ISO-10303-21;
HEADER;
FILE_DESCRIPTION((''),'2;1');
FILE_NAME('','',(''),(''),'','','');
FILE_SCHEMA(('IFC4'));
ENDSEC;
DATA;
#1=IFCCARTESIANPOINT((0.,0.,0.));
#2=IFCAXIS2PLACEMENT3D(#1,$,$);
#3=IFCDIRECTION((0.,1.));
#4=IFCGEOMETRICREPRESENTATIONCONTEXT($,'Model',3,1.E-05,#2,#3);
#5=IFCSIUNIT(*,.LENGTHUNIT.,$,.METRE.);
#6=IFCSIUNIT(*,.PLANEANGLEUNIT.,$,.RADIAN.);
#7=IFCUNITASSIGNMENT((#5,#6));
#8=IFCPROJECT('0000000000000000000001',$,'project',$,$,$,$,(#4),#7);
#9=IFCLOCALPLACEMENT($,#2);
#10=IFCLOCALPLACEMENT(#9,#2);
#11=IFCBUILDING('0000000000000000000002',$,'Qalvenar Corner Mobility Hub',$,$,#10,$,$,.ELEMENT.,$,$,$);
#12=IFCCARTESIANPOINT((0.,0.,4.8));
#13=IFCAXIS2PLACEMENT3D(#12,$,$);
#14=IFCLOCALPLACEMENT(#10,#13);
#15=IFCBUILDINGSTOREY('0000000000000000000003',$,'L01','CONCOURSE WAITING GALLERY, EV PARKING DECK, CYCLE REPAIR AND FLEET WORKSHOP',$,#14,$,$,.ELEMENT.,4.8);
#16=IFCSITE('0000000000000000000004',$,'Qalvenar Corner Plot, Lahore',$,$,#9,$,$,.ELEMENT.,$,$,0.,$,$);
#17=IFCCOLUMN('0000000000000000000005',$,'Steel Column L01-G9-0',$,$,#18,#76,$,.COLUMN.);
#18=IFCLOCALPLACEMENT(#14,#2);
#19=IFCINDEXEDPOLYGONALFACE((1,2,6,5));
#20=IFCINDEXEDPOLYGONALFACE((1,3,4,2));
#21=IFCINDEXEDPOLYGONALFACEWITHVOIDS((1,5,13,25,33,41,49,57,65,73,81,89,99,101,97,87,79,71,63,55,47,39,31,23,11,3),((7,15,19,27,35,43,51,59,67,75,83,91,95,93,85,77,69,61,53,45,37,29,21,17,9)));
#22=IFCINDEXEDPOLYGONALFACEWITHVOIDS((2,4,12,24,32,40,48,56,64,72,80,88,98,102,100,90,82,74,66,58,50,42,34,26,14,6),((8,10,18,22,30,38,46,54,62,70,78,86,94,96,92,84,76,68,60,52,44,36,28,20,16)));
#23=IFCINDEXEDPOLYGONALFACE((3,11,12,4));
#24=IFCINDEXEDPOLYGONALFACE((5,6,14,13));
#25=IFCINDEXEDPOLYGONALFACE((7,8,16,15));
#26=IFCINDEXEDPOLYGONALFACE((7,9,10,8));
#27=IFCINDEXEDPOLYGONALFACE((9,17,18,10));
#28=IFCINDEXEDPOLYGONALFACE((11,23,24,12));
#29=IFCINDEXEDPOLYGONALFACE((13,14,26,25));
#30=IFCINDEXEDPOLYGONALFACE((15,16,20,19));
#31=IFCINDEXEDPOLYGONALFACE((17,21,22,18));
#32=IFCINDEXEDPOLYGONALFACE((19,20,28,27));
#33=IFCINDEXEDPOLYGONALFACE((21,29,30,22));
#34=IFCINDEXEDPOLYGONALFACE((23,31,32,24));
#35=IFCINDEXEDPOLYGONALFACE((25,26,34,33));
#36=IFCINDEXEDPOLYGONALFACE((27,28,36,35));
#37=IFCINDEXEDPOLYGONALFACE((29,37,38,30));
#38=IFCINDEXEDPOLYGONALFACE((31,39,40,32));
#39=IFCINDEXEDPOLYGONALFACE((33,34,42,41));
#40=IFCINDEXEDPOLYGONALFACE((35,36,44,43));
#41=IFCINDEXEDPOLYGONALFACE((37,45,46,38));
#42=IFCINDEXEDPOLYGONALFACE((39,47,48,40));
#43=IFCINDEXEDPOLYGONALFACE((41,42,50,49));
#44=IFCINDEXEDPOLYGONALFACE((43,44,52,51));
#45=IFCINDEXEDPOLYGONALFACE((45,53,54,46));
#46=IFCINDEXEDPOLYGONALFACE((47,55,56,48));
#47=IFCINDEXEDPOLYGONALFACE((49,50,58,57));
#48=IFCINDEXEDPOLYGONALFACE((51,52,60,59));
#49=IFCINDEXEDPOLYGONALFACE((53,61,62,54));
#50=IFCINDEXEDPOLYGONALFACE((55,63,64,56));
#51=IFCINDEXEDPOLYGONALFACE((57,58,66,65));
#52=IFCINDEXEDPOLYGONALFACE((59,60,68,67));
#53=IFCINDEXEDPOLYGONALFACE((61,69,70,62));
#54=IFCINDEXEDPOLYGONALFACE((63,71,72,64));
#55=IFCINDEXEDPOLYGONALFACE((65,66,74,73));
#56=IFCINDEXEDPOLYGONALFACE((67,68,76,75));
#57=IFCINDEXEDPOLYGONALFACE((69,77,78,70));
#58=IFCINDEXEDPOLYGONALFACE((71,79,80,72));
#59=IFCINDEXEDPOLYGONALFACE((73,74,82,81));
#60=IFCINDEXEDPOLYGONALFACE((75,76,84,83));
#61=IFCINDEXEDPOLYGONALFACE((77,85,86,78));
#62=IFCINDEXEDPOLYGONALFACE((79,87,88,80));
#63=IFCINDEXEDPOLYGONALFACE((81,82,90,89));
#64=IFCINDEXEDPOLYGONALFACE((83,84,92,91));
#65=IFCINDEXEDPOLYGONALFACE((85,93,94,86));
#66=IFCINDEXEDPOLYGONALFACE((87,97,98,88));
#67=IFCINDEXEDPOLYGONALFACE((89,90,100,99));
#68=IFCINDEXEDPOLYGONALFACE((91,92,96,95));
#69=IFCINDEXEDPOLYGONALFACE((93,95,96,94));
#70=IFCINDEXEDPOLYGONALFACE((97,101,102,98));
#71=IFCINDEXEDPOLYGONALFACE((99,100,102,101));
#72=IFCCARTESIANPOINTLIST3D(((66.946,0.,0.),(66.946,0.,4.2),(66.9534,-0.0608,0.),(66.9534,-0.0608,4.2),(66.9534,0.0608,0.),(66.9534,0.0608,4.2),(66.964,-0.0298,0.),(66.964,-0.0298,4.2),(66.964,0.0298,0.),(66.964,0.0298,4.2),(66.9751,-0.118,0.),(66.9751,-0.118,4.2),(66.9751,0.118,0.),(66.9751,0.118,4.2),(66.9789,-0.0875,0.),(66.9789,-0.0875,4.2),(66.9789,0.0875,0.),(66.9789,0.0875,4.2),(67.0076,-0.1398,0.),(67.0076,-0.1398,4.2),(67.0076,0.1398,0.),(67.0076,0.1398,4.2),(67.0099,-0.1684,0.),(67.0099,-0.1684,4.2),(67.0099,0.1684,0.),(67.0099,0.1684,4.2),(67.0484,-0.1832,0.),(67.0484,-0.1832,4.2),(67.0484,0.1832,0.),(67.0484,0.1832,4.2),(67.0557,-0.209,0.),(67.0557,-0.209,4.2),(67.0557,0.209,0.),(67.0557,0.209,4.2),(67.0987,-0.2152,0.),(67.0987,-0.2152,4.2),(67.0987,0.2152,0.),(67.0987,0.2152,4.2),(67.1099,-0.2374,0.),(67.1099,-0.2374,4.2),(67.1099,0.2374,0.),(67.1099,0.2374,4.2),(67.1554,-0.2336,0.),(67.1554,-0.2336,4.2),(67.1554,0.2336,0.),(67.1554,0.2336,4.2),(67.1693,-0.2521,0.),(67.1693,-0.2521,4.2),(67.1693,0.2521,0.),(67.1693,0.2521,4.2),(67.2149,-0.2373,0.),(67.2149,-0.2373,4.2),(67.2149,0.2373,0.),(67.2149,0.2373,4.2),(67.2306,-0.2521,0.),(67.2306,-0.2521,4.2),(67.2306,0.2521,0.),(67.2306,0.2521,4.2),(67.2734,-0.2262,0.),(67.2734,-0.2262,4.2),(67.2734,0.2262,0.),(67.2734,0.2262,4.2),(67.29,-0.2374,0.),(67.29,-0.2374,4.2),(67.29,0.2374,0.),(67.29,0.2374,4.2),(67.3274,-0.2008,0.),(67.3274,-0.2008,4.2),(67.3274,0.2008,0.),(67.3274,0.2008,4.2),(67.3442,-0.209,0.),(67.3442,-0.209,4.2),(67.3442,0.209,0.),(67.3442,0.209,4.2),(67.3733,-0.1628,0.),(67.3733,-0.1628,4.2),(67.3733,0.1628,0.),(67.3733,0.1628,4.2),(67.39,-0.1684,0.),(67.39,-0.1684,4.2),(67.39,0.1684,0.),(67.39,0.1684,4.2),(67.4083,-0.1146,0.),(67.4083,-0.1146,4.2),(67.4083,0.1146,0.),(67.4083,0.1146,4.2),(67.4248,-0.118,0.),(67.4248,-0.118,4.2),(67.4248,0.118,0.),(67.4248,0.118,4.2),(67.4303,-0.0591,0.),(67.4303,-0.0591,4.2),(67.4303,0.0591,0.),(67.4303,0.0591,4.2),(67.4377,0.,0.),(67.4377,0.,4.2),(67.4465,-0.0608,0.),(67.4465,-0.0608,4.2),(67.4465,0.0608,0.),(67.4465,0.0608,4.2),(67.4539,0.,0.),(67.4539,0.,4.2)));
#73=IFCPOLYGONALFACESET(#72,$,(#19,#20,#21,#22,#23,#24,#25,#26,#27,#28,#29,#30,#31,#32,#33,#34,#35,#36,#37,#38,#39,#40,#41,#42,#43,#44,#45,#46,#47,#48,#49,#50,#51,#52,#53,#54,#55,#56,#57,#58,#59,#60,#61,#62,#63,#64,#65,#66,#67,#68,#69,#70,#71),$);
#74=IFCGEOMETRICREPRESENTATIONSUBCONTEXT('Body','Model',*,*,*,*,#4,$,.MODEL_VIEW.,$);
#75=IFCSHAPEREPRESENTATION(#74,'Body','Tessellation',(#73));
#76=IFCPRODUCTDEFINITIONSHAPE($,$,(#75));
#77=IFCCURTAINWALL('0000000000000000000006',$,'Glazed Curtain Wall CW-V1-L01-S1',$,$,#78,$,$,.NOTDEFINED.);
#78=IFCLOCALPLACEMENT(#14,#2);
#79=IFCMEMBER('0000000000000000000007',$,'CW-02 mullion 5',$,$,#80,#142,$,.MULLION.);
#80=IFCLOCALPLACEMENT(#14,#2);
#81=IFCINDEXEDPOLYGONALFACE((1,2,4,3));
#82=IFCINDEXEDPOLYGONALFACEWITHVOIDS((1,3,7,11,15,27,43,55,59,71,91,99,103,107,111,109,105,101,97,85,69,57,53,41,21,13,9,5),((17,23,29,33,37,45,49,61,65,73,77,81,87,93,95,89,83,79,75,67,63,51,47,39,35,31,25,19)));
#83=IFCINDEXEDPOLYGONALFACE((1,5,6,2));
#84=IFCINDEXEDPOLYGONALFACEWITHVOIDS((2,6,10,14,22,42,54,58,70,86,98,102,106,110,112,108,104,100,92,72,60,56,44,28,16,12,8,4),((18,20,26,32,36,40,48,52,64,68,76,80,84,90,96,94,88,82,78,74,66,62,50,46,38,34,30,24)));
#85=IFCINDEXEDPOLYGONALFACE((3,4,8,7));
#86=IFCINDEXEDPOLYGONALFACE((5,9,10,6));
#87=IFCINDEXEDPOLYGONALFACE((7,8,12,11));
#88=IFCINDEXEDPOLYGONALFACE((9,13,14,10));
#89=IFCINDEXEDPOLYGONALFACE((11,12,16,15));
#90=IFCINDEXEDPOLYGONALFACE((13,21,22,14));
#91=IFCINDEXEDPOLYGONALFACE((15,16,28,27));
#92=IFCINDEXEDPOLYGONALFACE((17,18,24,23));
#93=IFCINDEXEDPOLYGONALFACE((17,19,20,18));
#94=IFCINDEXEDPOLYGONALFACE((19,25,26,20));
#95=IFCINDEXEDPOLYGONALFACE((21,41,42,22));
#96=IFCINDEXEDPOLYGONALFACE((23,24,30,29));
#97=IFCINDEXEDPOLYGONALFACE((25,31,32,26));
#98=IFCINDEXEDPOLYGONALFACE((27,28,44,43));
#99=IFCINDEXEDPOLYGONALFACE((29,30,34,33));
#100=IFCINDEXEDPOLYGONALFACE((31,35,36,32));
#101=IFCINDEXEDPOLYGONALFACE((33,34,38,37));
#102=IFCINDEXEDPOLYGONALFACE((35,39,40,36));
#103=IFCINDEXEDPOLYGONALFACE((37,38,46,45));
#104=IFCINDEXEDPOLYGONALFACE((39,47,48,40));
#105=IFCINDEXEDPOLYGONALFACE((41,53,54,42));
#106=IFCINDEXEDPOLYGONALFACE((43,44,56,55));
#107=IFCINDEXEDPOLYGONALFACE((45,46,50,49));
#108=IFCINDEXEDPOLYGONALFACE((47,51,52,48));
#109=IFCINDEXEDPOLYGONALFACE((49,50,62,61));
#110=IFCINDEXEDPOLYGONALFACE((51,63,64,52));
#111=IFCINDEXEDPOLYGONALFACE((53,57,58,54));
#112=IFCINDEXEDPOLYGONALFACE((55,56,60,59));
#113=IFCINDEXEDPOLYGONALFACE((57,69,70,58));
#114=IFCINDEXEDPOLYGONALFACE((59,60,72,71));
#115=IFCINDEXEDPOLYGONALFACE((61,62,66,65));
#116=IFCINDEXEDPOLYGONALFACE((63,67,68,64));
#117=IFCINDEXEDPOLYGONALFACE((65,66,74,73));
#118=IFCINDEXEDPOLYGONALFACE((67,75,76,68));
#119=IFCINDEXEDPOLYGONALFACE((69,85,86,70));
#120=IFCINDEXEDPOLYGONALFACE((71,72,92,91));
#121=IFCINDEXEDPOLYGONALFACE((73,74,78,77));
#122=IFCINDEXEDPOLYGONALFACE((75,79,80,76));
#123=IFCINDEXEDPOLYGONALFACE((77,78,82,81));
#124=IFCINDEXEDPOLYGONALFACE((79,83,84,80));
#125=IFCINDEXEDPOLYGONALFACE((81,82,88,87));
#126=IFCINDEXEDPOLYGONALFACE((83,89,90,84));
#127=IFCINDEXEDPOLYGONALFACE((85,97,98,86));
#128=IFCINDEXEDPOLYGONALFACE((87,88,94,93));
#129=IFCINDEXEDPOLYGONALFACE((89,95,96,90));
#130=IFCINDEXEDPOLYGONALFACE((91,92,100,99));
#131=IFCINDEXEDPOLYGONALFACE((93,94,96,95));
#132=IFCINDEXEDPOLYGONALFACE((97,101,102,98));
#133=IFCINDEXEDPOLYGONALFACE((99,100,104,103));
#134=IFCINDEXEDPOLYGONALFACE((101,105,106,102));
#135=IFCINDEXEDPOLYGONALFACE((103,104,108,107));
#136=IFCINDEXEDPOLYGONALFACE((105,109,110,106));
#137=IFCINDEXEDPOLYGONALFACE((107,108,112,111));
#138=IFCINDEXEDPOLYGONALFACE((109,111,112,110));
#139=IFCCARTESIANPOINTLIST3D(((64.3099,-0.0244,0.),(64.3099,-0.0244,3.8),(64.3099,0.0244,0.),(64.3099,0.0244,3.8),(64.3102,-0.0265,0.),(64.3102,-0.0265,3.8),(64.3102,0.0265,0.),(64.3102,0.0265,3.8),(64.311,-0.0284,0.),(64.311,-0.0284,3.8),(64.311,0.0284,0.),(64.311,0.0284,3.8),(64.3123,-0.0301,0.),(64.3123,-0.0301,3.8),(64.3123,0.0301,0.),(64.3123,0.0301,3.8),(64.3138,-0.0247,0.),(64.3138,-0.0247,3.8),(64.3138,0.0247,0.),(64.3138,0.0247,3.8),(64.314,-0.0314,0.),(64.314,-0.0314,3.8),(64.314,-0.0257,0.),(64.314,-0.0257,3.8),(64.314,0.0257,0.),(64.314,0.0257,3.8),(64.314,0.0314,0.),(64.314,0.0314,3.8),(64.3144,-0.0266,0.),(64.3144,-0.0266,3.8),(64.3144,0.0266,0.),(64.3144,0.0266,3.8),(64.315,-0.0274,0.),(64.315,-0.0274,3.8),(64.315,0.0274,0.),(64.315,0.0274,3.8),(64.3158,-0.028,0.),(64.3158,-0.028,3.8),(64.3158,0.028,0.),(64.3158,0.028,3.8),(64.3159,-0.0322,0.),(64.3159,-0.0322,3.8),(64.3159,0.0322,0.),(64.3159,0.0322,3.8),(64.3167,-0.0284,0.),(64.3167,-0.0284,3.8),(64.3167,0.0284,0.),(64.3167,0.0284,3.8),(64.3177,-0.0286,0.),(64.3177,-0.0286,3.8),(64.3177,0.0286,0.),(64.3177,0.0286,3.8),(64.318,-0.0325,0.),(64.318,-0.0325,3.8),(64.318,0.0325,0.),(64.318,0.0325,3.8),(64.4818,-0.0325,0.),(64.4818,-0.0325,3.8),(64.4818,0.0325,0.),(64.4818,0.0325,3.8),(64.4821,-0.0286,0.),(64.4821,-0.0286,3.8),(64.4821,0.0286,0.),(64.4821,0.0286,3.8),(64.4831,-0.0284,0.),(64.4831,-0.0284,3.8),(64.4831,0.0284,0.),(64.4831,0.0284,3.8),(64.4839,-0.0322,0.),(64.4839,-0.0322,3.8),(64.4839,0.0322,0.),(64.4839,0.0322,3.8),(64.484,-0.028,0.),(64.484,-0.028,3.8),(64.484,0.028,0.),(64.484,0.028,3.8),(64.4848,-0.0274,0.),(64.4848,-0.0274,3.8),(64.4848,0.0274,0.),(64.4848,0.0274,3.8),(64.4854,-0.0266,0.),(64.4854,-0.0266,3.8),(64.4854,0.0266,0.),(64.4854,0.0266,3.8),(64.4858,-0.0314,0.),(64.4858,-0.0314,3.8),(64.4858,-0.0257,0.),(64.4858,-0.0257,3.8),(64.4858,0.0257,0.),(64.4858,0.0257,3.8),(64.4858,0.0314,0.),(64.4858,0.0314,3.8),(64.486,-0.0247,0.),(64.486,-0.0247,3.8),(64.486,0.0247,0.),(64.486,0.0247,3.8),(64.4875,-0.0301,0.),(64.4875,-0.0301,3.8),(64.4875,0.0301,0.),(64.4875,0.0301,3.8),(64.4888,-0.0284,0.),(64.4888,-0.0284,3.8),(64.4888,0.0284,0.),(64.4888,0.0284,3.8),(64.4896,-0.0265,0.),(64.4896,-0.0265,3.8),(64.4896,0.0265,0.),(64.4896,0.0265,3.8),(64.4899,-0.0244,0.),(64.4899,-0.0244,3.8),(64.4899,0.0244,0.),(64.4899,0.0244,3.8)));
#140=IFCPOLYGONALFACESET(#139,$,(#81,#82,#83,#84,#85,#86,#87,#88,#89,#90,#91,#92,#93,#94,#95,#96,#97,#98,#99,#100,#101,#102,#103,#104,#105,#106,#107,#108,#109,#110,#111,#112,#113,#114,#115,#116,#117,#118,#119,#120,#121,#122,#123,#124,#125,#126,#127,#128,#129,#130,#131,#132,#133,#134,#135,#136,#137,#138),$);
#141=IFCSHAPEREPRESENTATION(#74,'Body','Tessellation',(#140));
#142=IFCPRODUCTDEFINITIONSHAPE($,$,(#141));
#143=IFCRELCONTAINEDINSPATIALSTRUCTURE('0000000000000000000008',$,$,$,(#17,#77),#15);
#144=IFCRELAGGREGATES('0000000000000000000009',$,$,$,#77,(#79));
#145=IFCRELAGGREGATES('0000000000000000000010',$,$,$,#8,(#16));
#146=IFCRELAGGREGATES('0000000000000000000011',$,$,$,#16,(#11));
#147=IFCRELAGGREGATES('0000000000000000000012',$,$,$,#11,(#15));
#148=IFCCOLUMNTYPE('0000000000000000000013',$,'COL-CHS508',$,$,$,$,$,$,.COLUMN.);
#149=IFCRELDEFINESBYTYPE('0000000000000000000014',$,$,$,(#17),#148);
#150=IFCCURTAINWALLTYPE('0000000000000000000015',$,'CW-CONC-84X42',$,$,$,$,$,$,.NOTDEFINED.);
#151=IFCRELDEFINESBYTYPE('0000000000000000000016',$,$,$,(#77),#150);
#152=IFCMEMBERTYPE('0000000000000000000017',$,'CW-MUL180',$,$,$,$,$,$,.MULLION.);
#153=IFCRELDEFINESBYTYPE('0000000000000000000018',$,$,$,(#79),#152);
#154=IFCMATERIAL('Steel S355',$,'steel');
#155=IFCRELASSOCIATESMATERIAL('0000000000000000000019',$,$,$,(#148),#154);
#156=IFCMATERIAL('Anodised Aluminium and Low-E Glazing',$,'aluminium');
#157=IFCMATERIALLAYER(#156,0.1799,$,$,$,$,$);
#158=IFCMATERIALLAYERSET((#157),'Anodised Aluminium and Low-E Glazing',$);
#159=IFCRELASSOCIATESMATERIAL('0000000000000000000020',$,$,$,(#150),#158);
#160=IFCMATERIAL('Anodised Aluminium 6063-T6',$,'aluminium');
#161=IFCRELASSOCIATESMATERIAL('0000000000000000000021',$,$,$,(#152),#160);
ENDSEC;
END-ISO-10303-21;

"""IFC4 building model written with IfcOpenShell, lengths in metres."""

from ifc_helpers import new_model, si_unit, direction, frame, origin, origin_2d, place, context, subcontext, project, spatial, hollow_rectangle, hollow_circle, extrude, material, layer, layer_set, material_profile, profile_set, type_object, element, aggregate, save


model = new_model("IFC4")

# Units and contexts
model_context = context("Model", 3, precision=1e-05, world=origin(), true_north=direction((0.0, 1.0)))
body_context = subcontext(model_context, "Body", "Model", "MODEL_VIEW")
ifc_project = project(units=[si_unit("LENGTHUNIT", "METRE"), si_unit("PLANEANGLEUNIT", "RADIAN")], contexts=[model_context])

# Site, building, storey
site_placement = place(None, origin())
site = spatial("IfcSite", under=ifc_project, at=site_placement, Name="Qalvenar Corner Plot, Lahore", CompositionType="ELEMENT", RefElevation=0.0)
building_placement = place(site_placement, origin())
building = spatial("IfcBuilding", under=site, at=building_placement, Name="Qalvenar Corner Mobility Hub", CompositionType="ELEMENT")
storey_placement = place(building_placement, frame((0.0, 0.0, 4.8)))
storey = spatial("IfcBuildingStorey", under=building, at=storey_placement, Name="L01", Description="CONCOURSE WAITING GALLERY, EV PARKING DECK, CYCLE REPAIR AND FLEET WORKSHOP", CompositionType="ELEMENT", Elevation=4.8)

# Column
ifc_material_1 = material(Name="Steel S355", Category="steel")
ifc_material_profile_1 = material_profile(ifc_material_1, hollow_circle(Radius=0.2539, WallThickness=0.0161, at=origin_2d()), Name="CHS508x16")
ifc_profile_set_1 = profile_set([ifc_material_profile_1], Name="Steel S355")
column_type = type_object("IfcColumnType", Name="COL-CHS508", PredefinedType="COLUMN", material=ifc_profile_set_1)
column_placement = place(storey_placement, frame((67.2, 0.0, 0.0), z_axis=(0.0, 0.0, 1.0), x_axis=(1.0, 0.0, 0.0)))
element("IfcColumn", 1, at=column_placement, inside=storey, type_object=column_type, Name="Steel Column L01-G9-0", PredefinedType="COLUMN", context=body_context, shape_type="SweptSolid", body=[
    extrude(hollow_circle(Radius=0.2539, WallThickness=0.0161, at=origin_2d()), origin(), (0.0, 0.0, 1.0), 4.2),
])

# Curtain wall, member
ifc_material_2 = material(Name="Anodised Aluminium and Low-E Glazing", Category="aluminium")
ifc_layer_1 = layer(ifc_material_2, 0.1799)
ifc_layer_set_1 = layer_set([ifc_layer_1], Name="Anodised Aluminium and Low-E Glazing")
curtain_wall_type = type_object("IfcCurtainWallType", Name="CW-CONC-84X42", PredefinedType="NOTDEFINED", material=ifc_layer_set_1)
curtain_wall_1_placement = place(storey_placement, origin())
curtain_wall_1 = element("IfcCurtainWall", 2, at=curtain_wall_1_placement, inside=storey, type_object=curtain_wall_type, Name="Glazed Curtain Wall CW-V1-L01-S1", PredefinedType="NOTDEFINED")
ifc_material_3 = material(Name="Anodised Aluminium 6063-T6", Category="aluminium")
ifc_material_profile_2 = material_profile(ifc_material_3, hollow_rectangle(XDim=0.0649, YDim=0.1799, WallThickness=0.0039, InnerFilletRadius=0.0039, OuterFilletRadius=0.0081, at=origin_2d()), Name="RHS180x65x4")
ifc_profile_set_2 = profile_set([ifc_material_profile_2], Name="Anodised Aluminium 6063-T6")
member_type_1 = type_object("IfcMemberType", Name="CW-MUL180", PredefinedType="MULLION", material=ifc_profile_set_2)
member_1_placement = place(storey_placement, frame((64.3999, 0.0, 0.0), z_axis=(0.0, 0.0, 1.0), x_axis=(0.0, 1.0, 0.0)))
member_1 = element("IfcMember", 3, at=member_1_placement, type_object=member_type_1, Name="CW-02 mullion 5", PredefinedType="MULLION", context=body_context, shape_type="SweptSolid", body=[
    extrude(hollow_rectangle(XDim=0.0649, YDim=0.1799, WallThickness=0.0039, InnerFilletRadius=0.0039, OuterFilletRadius=0.0081, at=origin_2d()), origin(), (0.0, 0.0, 1.0), 3.8),
])

aggregate(curtain_wall_1, [member_1])

save(model, "model.ifc")
